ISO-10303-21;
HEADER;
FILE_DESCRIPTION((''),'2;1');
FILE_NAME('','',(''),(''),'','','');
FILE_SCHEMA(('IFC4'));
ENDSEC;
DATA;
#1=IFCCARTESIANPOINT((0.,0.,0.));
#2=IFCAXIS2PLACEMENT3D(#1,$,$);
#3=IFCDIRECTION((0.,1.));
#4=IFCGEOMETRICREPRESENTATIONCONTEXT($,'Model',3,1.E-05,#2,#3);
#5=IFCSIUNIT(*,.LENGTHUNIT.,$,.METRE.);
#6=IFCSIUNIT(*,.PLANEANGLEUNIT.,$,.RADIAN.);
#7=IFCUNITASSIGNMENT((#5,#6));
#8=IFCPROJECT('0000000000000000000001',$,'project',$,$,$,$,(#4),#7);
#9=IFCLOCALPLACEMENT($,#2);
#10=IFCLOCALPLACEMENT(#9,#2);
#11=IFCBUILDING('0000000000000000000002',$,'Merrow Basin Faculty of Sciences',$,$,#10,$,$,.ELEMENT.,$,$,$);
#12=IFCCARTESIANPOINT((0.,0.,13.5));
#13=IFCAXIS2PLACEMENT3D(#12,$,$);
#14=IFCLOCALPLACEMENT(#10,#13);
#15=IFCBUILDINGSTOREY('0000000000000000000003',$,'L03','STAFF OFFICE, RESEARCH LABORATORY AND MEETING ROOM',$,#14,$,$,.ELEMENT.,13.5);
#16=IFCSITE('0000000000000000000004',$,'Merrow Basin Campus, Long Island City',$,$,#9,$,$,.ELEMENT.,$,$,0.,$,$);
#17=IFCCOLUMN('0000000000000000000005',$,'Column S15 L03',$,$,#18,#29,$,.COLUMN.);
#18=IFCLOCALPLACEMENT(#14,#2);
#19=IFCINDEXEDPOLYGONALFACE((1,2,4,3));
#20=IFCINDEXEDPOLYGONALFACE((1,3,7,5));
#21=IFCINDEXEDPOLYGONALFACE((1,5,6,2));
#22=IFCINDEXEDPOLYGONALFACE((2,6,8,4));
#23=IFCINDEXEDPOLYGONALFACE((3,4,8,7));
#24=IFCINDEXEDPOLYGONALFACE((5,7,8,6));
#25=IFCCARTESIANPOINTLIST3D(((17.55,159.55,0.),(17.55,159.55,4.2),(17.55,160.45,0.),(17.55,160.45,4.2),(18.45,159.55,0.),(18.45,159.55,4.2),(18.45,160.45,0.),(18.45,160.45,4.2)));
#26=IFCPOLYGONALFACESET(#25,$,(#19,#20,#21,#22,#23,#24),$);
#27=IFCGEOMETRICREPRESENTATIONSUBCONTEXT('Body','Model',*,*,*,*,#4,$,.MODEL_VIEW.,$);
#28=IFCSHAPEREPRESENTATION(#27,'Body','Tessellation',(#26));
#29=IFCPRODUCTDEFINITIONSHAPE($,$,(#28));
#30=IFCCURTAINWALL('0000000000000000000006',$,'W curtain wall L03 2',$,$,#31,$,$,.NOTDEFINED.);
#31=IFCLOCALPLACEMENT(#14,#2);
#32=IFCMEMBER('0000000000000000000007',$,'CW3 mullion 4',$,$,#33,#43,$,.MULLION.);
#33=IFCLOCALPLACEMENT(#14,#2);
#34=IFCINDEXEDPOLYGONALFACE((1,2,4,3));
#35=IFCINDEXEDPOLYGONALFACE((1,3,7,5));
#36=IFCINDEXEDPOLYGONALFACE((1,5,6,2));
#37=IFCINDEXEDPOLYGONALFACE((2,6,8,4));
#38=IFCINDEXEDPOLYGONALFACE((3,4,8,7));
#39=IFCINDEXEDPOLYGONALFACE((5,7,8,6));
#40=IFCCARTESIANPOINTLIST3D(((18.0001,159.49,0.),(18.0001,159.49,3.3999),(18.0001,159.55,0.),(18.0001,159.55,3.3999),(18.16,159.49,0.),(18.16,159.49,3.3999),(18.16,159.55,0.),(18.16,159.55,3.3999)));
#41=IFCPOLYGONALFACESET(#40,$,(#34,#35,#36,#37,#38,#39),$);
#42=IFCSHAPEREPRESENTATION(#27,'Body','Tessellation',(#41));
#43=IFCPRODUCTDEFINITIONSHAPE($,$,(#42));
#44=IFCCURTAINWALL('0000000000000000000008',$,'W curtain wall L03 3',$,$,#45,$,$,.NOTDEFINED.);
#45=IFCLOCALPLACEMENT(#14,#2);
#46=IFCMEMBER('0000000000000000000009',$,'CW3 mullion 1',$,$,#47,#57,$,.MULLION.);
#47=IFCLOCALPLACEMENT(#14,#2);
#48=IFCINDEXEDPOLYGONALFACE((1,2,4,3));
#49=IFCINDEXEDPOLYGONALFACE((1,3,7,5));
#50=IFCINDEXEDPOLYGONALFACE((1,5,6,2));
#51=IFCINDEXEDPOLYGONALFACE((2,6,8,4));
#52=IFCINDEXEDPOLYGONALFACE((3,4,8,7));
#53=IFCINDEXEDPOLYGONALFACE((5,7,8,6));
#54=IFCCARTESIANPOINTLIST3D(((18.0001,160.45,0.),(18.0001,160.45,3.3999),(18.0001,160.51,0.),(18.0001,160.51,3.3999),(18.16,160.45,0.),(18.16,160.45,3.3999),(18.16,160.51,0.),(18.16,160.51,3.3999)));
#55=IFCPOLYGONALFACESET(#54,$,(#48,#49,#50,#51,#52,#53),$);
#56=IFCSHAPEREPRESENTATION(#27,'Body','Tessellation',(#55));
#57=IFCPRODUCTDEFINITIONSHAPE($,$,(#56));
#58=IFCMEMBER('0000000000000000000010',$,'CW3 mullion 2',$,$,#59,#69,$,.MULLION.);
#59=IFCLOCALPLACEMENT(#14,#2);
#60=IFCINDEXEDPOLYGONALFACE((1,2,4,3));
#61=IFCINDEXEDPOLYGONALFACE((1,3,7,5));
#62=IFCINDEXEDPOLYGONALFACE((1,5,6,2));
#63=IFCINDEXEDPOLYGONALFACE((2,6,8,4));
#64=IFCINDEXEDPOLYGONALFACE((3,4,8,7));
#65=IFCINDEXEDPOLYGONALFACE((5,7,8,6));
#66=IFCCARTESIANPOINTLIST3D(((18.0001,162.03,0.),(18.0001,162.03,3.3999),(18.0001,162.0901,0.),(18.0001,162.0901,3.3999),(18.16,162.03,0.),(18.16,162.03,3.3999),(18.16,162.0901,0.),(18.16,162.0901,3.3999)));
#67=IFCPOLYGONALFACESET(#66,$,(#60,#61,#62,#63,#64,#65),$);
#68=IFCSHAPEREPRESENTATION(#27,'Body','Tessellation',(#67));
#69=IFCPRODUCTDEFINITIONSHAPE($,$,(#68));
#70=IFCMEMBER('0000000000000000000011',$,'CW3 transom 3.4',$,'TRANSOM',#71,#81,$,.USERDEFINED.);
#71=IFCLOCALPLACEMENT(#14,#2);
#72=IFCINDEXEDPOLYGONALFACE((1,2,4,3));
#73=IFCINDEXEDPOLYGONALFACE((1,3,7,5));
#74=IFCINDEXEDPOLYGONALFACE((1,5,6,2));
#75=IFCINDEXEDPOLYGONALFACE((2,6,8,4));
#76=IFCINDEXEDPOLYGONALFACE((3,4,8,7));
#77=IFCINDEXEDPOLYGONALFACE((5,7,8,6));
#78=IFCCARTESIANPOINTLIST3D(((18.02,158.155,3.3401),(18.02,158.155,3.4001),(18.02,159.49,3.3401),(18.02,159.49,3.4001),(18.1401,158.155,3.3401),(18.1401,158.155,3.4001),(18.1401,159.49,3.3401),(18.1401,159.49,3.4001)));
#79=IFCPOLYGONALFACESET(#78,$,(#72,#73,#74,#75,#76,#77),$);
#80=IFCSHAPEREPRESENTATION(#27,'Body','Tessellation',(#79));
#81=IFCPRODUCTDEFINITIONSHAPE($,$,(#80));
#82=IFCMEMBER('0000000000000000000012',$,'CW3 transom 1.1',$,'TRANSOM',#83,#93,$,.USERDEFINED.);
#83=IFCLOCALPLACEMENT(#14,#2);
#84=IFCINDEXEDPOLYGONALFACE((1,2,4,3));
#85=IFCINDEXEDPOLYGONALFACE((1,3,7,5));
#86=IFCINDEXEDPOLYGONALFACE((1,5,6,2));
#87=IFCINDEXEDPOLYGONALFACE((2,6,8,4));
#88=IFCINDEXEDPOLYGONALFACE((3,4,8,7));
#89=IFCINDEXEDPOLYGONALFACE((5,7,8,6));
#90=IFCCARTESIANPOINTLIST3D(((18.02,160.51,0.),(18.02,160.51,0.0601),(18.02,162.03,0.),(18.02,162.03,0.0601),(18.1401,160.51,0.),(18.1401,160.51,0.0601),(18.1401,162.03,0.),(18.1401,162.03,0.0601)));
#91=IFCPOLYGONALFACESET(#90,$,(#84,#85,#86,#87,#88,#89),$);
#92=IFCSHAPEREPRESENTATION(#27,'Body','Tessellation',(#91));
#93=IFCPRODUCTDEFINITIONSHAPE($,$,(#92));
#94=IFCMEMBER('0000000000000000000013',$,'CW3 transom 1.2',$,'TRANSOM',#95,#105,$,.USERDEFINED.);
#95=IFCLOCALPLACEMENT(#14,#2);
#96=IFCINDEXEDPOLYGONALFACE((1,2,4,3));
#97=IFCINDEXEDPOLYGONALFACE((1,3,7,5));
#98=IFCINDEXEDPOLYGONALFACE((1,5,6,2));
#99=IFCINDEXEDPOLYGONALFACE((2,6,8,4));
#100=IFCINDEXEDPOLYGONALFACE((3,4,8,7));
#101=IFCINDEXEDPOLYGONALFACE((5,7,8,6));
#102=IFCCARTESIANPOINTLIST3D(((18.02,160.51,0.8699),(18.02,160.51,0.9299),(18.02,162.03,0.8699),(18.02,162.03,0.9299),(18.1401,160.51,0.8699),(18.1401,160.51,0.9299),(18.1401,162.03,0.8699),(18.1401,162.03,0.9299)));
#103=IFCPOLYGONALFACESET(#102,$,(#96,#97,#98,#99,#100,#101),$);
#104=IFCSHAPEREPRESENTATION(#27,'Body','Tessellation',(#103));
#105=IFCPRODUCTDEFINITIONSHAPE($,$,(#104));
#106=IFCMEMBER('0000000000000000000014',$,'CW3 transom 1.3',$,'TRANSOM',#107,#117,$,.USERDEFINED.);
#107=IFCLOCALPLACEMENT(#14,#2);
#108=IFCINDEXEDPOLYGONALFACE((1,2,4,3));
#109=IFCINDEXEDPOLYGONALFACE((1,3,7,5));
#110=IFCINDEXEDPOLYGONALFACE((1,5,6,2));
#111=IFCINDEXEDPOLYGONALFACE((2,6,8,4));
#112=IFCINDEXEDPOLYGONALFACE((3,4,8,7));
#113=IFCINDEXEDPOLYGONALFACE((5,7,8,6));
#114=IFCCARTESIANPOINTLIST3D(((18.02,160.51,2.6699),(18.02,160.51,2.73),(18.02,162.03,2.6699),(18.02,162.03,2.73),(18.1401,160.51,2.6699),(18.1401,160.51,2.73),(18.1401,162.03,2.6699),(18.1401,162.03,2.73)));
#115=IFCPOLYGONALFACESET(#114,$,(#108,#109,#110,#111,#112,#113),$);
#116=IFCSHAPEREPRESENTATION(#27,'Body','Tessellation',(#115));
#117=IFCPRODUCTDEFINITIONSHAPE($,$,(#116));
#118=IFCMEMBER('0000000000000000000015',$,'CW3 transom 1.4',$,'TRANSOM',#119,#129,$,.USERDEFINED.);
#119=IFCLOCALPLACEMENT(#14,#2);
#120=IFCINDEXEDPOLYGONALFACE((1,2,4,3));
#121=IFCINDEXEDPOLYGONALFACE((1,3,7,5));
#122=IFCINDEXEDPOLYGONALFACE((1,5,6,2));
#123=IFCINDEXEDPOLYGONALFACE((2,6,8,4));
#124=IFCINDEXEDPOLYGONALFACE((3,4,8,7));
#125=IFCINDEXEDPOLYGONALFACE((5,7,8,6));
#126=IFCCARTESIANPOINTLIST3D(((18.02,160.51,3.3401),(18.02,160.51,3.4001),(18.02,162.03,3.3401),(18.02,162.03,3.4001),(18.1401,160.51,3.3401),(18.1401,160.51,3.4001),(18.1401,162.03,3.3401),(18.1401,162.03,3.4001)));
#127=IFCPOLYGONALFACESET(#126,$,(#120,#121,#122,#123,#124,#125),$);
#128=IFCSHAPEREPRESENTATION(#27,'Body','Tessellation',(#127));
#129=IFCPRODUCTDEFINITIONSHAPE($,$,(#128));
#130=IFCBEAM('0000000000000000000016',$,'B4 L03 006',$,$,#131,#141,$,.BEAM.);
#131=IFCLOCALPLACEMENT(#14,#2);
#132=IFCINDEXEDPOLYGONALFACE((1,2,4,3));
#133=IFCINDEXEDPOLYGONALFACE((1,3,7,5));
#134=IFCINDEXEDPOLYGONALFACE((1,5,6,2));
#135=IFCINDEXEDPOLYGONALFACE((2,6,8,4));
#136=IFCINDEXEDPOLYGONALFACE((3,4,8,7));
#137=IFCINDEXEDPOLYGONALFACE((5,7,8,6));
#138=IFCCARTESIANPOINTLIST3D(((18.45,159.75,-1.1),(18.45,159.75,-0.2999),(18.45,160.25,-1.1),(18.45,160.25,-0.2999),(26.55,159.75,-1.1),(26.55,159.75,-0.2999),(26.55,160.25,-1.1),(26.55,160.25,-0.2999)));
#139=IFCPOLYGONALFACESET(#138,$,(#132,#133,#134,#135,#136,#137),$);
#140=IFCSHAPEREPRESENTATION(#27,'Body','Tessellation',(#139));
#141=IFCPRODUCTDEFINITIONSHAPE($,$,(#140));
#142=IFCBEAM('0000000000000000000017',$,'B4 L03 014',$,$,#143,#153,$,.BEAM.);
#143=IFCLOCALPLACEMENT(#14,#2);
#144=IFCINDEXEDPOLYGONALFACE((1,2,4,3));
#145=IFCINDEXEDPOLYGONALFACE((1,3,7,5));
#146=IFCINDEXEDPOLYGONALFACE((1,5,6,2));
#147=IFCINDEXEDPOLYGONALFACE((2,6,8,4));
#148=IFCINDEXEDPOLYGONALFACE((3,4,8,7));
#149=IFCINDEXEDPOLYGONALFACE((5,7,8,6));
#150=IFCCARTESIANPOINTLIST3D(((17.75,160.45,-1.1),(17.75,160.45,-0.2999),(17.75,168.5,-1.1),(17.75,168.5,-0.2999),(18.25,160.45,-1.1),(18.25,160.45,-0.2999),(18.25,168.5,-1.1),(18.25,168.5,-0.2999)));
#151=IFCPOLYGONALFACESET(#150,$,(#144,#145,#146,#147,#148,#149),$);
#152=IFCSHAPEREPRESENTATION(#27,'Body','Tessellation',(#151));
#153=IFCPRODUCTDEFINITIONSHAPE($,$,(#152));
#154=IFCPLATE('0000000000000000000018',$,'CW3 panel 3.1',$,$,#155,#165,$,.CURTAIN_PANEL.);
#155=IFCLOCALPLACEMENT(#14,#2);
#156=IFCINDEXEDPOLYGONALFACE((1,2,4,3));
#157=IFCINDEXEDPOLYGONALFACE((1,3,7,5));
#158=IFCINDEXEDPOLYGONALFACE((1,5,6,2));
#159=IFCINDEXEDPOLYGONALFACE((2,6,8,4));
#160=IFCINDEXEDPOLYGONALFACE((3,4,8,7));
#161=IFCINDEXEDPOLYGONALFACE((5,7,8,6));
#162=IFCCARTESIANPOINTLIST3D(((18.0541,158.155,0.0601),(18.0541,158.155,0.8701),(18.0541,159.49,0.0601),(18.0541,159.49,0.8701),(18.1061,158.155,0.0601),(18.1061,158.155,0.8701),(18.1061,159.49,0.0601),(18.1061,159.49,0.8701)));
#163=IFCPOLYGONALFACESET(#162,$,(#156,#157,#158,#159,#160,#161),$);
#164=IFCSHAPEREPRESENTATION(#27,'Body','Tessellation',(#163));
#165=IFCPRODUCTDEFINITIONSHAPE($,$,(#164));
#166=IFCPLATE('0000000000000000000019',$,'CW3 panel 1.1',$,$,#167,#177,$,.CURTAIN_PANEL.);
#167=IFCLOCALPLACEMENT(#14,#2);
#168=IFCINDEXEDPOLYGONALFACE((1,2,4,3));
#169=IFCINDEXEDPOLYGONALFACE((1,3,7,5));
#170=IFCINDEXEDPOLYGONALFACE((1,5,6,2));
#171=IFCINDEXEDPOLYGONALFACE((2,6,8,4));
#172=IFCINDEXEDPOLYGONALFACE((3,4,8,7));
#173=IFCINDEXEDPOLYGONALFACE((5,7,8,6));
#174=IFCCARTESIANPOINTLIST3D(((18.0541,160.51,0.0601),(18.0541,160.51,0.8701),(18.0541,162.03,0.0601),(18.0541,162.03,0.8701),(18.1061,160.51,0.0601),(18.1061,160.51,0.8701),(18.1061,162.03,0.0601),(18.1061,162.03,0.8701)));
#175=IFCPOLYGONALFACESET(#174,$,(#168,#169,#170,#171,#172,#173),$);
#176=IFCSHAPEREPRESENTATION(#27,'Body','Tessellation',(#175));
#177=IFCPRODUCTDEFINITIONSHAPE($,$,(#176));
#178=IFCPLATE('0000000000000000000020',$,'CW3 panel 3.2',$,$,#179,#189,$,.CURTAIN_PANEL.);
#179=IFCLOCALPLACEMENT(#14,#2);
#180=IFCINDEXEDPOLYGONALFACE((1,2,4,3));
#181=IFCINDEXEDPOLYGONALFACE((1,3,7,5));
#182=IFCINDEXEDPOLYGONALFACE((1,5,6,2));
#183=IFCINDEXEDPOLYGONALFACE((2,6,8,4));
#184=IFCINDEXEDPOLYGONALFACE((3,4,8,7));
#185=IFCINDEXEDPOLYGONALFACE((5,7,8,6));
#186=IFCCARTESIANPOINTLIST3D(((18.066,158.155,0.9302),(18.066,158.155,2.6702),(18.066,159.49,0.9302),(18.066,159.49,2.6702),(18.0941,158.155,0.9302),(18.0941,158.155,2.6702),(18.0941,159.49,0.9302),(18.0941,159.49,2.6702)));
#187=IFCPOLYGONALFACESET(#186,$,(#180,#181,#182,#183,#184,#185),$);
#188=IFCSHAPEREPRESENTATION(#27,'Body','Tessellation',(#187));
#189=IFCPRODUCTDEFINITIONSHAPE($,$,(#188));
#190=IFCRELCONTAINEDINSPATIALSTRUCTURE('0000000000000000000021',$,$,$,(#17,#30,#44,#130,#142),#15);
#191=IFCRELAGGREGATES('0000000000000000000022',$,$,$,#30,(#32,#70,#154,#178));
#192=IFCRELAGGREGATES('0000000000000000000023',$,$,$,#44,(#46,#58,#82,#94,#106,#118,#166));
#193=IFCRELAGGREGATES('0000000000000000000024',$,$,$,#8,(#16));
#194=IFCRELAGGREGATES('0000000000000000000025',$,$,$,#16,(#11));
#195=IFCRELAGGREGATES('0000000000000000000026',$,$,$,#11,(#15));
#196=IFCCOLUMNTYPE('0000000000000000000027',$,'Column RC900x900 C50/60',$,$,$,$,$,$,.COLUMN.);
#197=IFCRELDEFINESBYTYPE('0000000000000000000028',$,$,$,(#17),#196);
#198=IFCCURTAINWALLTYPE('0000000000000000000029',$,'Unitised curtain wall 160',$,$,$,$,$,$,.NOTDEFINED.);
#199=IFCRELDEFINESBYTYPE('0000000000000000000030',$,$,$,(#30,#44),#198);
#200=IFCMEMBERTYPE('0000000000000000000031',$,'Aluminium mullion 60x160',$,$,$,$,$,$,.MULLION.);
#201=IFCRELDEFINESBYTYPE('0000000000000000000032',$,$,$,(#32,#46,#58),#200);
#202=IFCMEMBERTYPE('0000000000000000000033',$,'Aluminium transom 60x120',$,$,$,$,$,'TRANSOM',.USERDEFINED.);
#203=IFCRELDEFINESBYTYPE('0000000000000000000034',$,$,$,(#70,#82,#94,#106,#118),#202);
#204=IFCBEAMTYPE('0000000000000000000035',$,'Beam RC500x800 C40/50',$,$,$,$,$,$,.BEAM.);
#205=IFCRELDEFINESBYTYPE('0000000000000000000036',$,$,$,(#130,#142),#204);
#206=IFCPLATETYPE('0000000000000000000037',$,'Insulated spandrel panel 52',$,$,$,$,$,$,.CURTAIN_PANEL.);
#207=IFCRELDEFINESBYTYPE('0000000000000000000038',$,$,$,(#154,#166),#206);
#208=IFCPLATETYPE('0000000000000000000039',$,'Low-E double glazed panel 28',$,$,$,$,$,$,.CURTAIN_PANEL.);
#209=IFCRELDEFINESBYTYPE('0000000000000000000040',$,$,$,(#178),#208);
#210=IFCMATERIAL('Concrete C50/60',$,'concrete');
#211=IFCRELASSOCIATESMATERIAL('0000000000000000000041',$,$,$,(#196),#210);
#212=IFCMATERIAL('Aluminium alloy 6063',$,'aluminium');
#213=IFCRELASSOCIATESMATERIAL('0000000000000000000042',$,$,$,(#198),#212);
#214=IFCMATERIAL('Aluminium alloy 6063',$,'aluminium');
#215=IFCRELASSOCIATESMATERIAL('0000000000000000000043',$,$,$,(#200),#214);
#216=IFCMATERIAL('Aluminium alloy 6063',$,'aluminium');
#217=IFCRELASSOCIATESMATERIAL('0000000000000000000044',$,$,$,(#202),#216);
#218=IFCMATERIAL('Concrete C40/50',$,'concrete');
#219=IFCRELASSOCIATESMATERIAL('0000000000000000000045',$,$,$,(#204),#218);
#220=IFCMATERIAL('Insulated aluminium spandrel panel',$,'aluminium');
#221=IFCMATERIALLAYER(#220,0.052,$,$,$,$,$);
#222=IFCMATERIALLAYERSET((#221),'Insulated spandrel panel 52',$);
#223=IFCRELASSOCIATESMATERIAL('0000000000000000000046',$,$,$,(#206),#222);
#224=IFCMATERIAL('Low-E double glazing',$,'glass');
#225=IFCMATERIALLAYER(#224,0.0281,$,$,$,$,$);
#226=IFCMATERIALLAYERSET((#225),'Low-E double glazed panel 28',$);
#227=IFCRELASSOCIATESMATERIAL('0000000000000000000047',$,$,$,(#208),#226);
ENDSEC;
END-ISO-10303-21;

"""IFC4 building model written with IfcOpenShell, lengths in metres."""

from ifc_helpers import new_model, si_unit, direction, frame, origin, origin_2d, place, context, subcontext, project, spatial, rectangle, extrude, material, layer, layer_set, material_profile, profile_set, type_object, element, aggregate, save


model = new_model("IFC4")

# Units and contexts
model_context = context("Model", 3, precision=1e-05, world=origin(), true_north=direction((0.0, 1.0)))
body_context = subcontext(model_context, "Body", "Model", "MODEL_VIEW")
ifc_project = project(units=[si_unit("LENGTHUNIT", "METRE"), si_unit("PLANEANGLEUNIT", "RADIAN")], contexts=[model_context])

# Site, building, storey
site_placement = place(None, origin())
site = spatial("IfcSite", under=ifc_project, at=site_placement, Name="Merrow Basin Campus, Long Island City", CompositionType="ELEMENT", RefElevation=0.0)
building_placement = place(site_placement, origin())
building = spatial("IfcBuilding", under=site, at=building_placement, Name="Merrow Basin Faculty of Sciences", CompositionType="ELEMENT")
storey_placement = place(building_placement, frame((0.0, 0.0, 13.5)))
storey = spatial("IfcBuildingStorey", under=building, at=storey_placement, Name="L03", Description="STAFF OFFICE, RESEARCH LABORATORY AND MEETING ROOM", CompositionType="ELEMENT", Elevation=13.5)

# Column
ifc_material_1 = material(Name="Concrete C50/60", Category="concrete")
ifc_material_profile_1 = material_profile(ifc_material_1, rectangle(XDim=0.8999, YDim=0.8999, at=origin_2d()))
ifc_profile_set_1 = profile_set([ifc_material_profile_1], Name="Concrete C50/60")
column_type = type_object("IfcColumnType", Name="Column RC900x900 C50/60", PredefinedType="COLUMN", material=ifc_profile_set_1)
column_placement = place(storey_placement, frame((18.0, 160.0, 0.0), z_axis=(0.0, 0.0, 1.0), x_axis=(1.0, 0.0, 0.0)))
element("IfcColumn", 1, at=column_placement, inside=storey, type_object=column_type, Name="Column S15 L03", PredefinedType="COLUMN", context=body_context, shape_type="SweptSolid", body=[
    extrude(rectangle(XDim=0.8999, YDim=0.8999, at=origin_2d()), origin(), (0.0, 0.0, 1.0), 4.2),
])

# Curtain wall, member
ifc_material_2 = material(Name="Aluminium alloy 6063", Category="aluminium")
curtain_wall_type = type_object("IfcCurtainWallType", Name="Unitised curtain wall 160", PredefinedType="NOTDEFINED", material=ifc_material_2)
curtain_wall_1_placement = place(storey_placement, origin())
curtain_wall_1 = element("IfcCurtainWall", 2, at=curtain_wall_1_placement, inside=storey, type_object=curtain_wall_type, Name="W curtain wall L03 2", PredefinedType="NOTDEFINED")
ifc_material_3 = material(Name="Aluminium alloy 6063", Category="aluminium")
ifc_material_profile_2 = material_profile(ifc_material_3, rectangle(XDim=0.1599, YDim=0.0601, at=origin_2d()))
ifc_profile_set_2 = profile_set([ifc_material_profile_2], Name="Aluminium alloy 6063")
member_type_1 = type_object("IfcMemberType", Name="Aluminium mullion 60x160", PredefinedType="MULLION", material=ifc_profile_set_2)
member_1_placement = place(storey_placement, frame((18.0801, 159.52, 0.0), z_axis=(0.0, 0.0, 1.0), x_axis=(-1.0, 0.0, 0.0)))
member_1 = element("IfcMember", 3, at=member_1_placement, type_object=member_type_1, Name="CW3 mullion 4", PredefinedType="MULLION", context=body_context, shape_type="SweptSolid", body=[
    extrude(rectangle(XDim=0.1599, YDim=0.0601, at=origin_2d()), origin(), (0.0, 0.0, 1.0), 3.3999),
])

# Curtain wall, members
curtain_wall_2_placement = place(storey_placement, origin())
curtain_wall_2 = element("IfcCurtainWall", 4, at=curtain_wall_2_placement, inside=storey, type_object=curtain_wall_type, Name="W curtain wall L03 3", PredefinedType="NOTDEFINED")
member_2_placement = place(storey_placement, frame((18.0801, 160.48, 0.0), z_axis=(0.0, 0.0, 1.0), x_axis=(-1.0, 0.0, 0.0)))
member_2 = element("IfcMember", 5, at=member_2_placement, type_object=member_type_1, Name="CW3 mullion 1", PredefinedType="MULLION", context=body_context, shape_type="SweptSolid", body=[
    extrude(rectangle(XDim=0.1599, YDim=0.0601, at=origin_2d()), origin(), (0.0, 0.0, 1.0), 3.3999),
])
member_3_placement = place(storey_placement, frame((18.0801, 162.0601, 0.0), z_axis=(0.0, 0.0, 1.0), x_axis=(-1.0, 0.0, 0.0)))
member_3 = element("IfcMember", 6, at=member_3_placement, type_object=member_type_1, Name="CW3 mullion 2", PredefinedType="MULLION", context=body_context, shape_type="SweptSolid", body=[
    extrude(rectangle(XDim=0.1599, YDim=0.0601, at=origin_2d()), origin(), (0.0, 0.0, 1.0), 3.3999),
])

# Members
ifc_material_4 = material(Name="Aluminium alloy 6063", Category="aluminium")
ifc_material_profile_3 = material_profile(ifc_material_4, rectangle(XDim=0.1201, YDim=0.0601, at=origin_2d()))
ifc_profile_set_3 = profile_set([ifc_material_profile_3], Name="Aluminium alloy 6063")
member_type_2 = type_object("IfcMemberType", Name="Aluminium transom 60x120", ElementType="TRANSOM", PredefinedType="USERDEFINED", material=ifc_profile_set_3)
member_4_placement = place(storey_placement, frame((18.0801, 158.155, 3.3701), z_axis=(0.0, 1.0, 0.0), x_axis=(-1.0, 0.0, 0.0)))
member_4 = element("IfcMember", 7, at=member_4_placement, type_object=member_type_2, Name="CW3 transom 3.4", ObjectType="TRANSOM", PredefinedType="USERDEFINED", context=body_context, shape_type="SweptSolid", body=[
    extrude(rectangle(XDim=0.1201, YDim=0.0601, at=origin_2d()), origin(), (0.0, 0.0, 1.0), 1.335),
])
member_5_placement = place(storey_placement, frame((18.0801, 160.51, 0.03), z_axis=(0.0, 1.0, 0.0), x_axis=(-1.0, 0.0, 0.0)))
member_5 = element("IfcMember", 8, at=member_5_placement, type_object=member_type_2, Name="CW3 transom 1.1", ObjectType="TRANSOM", PredefinedType="USERDEFINED", context=body_context, shape_type="SweptSolid", body=[
    extrude(rectangle(XDim=0.1201, YDim=0.0601, at=origin_2d()), origin(), (0.0, 0.0, 1.0), 1.52),
])
member_6_placement = place(storey_placement, frame((18.0801, 160.51, 0.8999), z_axis=(0.0, 1.0, 0.0), x_axis=(-1.0, 0.0, 0.0)))
member_6 = element("IfcMember", 9, at=member_6_placement, type_object=member_type_2, Name="CW3 transom 1.2", ObjectType="TRANSOM", PredefinedType="USERDEFINED", context=body_context, shape_type="SweptSolid", body=[
    extrude(rectangle(XDim=0.1201, YDim=0.0601, at=origin_2d()), origin(), (0.0, 0.0, 1.0), 1.52),
])
member_7_placement = place(storey_placement, frame((18.0801, 160.51, 2.7), z_axis=(0.0, 1.0, 0.0), x_axis=(-1.0, 0.0, 0.0)))
member_7 = element("IfcMember", 10, at=member_7_placement, type_object=member_type_2, Name="CW3 transom 1.3", ObjectType="TRANSOM", PredefinedType="USERDEFINED", context=body_context, shape_type="SweptSolid", body=[
    extrude(rectangle(XDim=0.1201, YDim=0.0601, at=origin_2d()), origin(), (0.0, 0.0, 1.0), 1.52),
])
member_8_placement = place(storey_placement, frame((18.0801, 160.51, 3.3701), z_axis=(0.0, 1.0, 0.0), x_axis=(-1.0, 0.0, 0.0)))
member_8 = element("IfcMember", 11, at=member_8_placement, type_object=member_type_2, Name="CW3 transom 1.4", ObjectType="TRANSOM", PredefinedType="USERDEFINED", context=body_context, shape_type="SweptSolid", body=[
    extrude(rectangle(XDim=0.1201, YDim=0.0601, at=origin_2d()), origin(), (0.0, 0.0, 1.0), 1.52),
])

# Beams
ifc_material_5 = material(Name="Concrete C40/50", Category="concrete")
ifc_material_profile_4 = material_profile(ifc_material_5, rectangle(XDim=0.5, YDim=0.8, at=origin_2d()))
ifc_profile_set_4 = profile_set([ifc_material_profile_4], Name="Concrete C40/50")
beam_type = type_object("IfcBeamType", Name="Beam RC500x800 C40/50", PredefinedType="BEAM", material=ifc_profile_set_4)
beam_1_placement = place(storey_placement, frame((18.45, 160.0, -0.7), z_axis=(1.0, 0.0, 0.0), x_axis=(0.0, 1.0, 0.0)))
element("IfcBeam", 12, at=beam_1_placement, inside=storey, type_object=beam_type, Name="B4 L03 006", PredefinedType="BEAM", context=body_context, shape_type="SweptSolid", body=[
    extrude(rectangle(XDim=0.5, YDim=0.8, at=origin_2d()), origin(), (0.0, 0.0, 1.0), 8.1001),
])
beam_2_placement = place(storey_placement, frame((18.0, 160.45, -0.7), z_axis=(0.0, 1.0, 0.0), x_axis=(-1.0, 0.0, 0.0)))
element("IfcBeam", 13, at=beam_2_placement, inside=storey, type_object=beam_type, Name="B4 L03 014", PredefinedType="BEAM", context=body_context, shape_type="SweptSolid", body=[
    extrude(rectangle(XDim=0.5, YDim=0.8, at=origin_2d()), origin(), (0.0, 0.0, 1.0), 8.05),
])

# Plates
ifc_material_6 = material(Name="Insulated aluminium spandrel panel", Category="aluminium")
ifc_layer_1 = layer(ifc_material_6, 0.052)
ifc_layer_set_1 = layer_set([ifc_layer_1], Name="Insulated spandrel panel 52")
plate_type_1 = type_object("IfcPlateType", Name="Insulated spandrel panel 52", PredefinedType="CURTAIN_PANEL", material=ifc_layer_set_1)
plate_1_placement = place(storey_placement, frame((18.0801, 158.8225, 0.0601), z_axis=(0.0, 0.0, 1.0), x_axis=(0.0, 1.0, 0.0)))
plate_1 = element("IfcPlate", 14, at=plate_1_placement, type_object=plate_type_1, Name="CW3 panel 3.1", PredefinedType="CURTAIN_PANEL", context=body_context, shape_type="SweptSolid", body=[
    extrude(rectangle(XDim=1.335, YDim=0.052, at=origin_2d()), origin(), (0.0, 0.0, 1.0), 0.8101),
])
plate_2_placement = place(storey_placement, frame((18.0801, 161.27, 0.0601), z_axis=(0.0, 0.0, 1.0), x_axis=(0.0, 1.0, 0.0)))
plate_2 = element("IfcPlate", 15, at=plate_2_placement, type_object=plate_type_1, Name="CW3 panel 1.1", PredefinedType="CURTAIN_PANEL", context=body_context, shape_type="SweptSolid", body=[
    extrude(rectangle(XDim=1.52, YDim=0.052, at=origin_2d()), origin(), (0.0, 0.0, 1.0), 0.8101),
])
ifc_material_7 = material(Name="Low-E double glazing", Category="glass")
ifc_layer_2 = layer(ifc_material_7, 0.0281)
ifc_layer_set_2 = layer_set([ifc_layer_2], Name="Low-E double glazed panel 28")
plate_type_2 = type_object("IfcPlateType", Name="Low-E double glazed panel 28", PredefinedType="CURTAIN_PANEL", material=ifc_layer_set_2)
plate_3_placement = place(storey_placement, frame((18.0801, 158.8225, 0.9302), z_axis=(0.0, 0.0, 1.0), x_axis=(0.0, 1.0, 0.0)))
plate_3 = element("IfcPlate", 16, at=plate_3_placement, type_object=plate_type_2, Name="CW3 panel 3.2", PredefinedType="CURTAIN_PANEL", context=body_context, shape_type="SweptSolid", body=[
    extrude(rectangle(XDim=1.335, YDim=0.0281, at=origin_2d()), origin(), (0.0, 0.0, 1.0), 1.74),
])
aggregate(curtain_wall_1, [member_1, member_4, plate_1, plate_3])
aggregate(curtain_wall_2, [member_2, member_3, member_5, member_6, member_7, member_8, plate_2])

save(model, "model.ifc")
